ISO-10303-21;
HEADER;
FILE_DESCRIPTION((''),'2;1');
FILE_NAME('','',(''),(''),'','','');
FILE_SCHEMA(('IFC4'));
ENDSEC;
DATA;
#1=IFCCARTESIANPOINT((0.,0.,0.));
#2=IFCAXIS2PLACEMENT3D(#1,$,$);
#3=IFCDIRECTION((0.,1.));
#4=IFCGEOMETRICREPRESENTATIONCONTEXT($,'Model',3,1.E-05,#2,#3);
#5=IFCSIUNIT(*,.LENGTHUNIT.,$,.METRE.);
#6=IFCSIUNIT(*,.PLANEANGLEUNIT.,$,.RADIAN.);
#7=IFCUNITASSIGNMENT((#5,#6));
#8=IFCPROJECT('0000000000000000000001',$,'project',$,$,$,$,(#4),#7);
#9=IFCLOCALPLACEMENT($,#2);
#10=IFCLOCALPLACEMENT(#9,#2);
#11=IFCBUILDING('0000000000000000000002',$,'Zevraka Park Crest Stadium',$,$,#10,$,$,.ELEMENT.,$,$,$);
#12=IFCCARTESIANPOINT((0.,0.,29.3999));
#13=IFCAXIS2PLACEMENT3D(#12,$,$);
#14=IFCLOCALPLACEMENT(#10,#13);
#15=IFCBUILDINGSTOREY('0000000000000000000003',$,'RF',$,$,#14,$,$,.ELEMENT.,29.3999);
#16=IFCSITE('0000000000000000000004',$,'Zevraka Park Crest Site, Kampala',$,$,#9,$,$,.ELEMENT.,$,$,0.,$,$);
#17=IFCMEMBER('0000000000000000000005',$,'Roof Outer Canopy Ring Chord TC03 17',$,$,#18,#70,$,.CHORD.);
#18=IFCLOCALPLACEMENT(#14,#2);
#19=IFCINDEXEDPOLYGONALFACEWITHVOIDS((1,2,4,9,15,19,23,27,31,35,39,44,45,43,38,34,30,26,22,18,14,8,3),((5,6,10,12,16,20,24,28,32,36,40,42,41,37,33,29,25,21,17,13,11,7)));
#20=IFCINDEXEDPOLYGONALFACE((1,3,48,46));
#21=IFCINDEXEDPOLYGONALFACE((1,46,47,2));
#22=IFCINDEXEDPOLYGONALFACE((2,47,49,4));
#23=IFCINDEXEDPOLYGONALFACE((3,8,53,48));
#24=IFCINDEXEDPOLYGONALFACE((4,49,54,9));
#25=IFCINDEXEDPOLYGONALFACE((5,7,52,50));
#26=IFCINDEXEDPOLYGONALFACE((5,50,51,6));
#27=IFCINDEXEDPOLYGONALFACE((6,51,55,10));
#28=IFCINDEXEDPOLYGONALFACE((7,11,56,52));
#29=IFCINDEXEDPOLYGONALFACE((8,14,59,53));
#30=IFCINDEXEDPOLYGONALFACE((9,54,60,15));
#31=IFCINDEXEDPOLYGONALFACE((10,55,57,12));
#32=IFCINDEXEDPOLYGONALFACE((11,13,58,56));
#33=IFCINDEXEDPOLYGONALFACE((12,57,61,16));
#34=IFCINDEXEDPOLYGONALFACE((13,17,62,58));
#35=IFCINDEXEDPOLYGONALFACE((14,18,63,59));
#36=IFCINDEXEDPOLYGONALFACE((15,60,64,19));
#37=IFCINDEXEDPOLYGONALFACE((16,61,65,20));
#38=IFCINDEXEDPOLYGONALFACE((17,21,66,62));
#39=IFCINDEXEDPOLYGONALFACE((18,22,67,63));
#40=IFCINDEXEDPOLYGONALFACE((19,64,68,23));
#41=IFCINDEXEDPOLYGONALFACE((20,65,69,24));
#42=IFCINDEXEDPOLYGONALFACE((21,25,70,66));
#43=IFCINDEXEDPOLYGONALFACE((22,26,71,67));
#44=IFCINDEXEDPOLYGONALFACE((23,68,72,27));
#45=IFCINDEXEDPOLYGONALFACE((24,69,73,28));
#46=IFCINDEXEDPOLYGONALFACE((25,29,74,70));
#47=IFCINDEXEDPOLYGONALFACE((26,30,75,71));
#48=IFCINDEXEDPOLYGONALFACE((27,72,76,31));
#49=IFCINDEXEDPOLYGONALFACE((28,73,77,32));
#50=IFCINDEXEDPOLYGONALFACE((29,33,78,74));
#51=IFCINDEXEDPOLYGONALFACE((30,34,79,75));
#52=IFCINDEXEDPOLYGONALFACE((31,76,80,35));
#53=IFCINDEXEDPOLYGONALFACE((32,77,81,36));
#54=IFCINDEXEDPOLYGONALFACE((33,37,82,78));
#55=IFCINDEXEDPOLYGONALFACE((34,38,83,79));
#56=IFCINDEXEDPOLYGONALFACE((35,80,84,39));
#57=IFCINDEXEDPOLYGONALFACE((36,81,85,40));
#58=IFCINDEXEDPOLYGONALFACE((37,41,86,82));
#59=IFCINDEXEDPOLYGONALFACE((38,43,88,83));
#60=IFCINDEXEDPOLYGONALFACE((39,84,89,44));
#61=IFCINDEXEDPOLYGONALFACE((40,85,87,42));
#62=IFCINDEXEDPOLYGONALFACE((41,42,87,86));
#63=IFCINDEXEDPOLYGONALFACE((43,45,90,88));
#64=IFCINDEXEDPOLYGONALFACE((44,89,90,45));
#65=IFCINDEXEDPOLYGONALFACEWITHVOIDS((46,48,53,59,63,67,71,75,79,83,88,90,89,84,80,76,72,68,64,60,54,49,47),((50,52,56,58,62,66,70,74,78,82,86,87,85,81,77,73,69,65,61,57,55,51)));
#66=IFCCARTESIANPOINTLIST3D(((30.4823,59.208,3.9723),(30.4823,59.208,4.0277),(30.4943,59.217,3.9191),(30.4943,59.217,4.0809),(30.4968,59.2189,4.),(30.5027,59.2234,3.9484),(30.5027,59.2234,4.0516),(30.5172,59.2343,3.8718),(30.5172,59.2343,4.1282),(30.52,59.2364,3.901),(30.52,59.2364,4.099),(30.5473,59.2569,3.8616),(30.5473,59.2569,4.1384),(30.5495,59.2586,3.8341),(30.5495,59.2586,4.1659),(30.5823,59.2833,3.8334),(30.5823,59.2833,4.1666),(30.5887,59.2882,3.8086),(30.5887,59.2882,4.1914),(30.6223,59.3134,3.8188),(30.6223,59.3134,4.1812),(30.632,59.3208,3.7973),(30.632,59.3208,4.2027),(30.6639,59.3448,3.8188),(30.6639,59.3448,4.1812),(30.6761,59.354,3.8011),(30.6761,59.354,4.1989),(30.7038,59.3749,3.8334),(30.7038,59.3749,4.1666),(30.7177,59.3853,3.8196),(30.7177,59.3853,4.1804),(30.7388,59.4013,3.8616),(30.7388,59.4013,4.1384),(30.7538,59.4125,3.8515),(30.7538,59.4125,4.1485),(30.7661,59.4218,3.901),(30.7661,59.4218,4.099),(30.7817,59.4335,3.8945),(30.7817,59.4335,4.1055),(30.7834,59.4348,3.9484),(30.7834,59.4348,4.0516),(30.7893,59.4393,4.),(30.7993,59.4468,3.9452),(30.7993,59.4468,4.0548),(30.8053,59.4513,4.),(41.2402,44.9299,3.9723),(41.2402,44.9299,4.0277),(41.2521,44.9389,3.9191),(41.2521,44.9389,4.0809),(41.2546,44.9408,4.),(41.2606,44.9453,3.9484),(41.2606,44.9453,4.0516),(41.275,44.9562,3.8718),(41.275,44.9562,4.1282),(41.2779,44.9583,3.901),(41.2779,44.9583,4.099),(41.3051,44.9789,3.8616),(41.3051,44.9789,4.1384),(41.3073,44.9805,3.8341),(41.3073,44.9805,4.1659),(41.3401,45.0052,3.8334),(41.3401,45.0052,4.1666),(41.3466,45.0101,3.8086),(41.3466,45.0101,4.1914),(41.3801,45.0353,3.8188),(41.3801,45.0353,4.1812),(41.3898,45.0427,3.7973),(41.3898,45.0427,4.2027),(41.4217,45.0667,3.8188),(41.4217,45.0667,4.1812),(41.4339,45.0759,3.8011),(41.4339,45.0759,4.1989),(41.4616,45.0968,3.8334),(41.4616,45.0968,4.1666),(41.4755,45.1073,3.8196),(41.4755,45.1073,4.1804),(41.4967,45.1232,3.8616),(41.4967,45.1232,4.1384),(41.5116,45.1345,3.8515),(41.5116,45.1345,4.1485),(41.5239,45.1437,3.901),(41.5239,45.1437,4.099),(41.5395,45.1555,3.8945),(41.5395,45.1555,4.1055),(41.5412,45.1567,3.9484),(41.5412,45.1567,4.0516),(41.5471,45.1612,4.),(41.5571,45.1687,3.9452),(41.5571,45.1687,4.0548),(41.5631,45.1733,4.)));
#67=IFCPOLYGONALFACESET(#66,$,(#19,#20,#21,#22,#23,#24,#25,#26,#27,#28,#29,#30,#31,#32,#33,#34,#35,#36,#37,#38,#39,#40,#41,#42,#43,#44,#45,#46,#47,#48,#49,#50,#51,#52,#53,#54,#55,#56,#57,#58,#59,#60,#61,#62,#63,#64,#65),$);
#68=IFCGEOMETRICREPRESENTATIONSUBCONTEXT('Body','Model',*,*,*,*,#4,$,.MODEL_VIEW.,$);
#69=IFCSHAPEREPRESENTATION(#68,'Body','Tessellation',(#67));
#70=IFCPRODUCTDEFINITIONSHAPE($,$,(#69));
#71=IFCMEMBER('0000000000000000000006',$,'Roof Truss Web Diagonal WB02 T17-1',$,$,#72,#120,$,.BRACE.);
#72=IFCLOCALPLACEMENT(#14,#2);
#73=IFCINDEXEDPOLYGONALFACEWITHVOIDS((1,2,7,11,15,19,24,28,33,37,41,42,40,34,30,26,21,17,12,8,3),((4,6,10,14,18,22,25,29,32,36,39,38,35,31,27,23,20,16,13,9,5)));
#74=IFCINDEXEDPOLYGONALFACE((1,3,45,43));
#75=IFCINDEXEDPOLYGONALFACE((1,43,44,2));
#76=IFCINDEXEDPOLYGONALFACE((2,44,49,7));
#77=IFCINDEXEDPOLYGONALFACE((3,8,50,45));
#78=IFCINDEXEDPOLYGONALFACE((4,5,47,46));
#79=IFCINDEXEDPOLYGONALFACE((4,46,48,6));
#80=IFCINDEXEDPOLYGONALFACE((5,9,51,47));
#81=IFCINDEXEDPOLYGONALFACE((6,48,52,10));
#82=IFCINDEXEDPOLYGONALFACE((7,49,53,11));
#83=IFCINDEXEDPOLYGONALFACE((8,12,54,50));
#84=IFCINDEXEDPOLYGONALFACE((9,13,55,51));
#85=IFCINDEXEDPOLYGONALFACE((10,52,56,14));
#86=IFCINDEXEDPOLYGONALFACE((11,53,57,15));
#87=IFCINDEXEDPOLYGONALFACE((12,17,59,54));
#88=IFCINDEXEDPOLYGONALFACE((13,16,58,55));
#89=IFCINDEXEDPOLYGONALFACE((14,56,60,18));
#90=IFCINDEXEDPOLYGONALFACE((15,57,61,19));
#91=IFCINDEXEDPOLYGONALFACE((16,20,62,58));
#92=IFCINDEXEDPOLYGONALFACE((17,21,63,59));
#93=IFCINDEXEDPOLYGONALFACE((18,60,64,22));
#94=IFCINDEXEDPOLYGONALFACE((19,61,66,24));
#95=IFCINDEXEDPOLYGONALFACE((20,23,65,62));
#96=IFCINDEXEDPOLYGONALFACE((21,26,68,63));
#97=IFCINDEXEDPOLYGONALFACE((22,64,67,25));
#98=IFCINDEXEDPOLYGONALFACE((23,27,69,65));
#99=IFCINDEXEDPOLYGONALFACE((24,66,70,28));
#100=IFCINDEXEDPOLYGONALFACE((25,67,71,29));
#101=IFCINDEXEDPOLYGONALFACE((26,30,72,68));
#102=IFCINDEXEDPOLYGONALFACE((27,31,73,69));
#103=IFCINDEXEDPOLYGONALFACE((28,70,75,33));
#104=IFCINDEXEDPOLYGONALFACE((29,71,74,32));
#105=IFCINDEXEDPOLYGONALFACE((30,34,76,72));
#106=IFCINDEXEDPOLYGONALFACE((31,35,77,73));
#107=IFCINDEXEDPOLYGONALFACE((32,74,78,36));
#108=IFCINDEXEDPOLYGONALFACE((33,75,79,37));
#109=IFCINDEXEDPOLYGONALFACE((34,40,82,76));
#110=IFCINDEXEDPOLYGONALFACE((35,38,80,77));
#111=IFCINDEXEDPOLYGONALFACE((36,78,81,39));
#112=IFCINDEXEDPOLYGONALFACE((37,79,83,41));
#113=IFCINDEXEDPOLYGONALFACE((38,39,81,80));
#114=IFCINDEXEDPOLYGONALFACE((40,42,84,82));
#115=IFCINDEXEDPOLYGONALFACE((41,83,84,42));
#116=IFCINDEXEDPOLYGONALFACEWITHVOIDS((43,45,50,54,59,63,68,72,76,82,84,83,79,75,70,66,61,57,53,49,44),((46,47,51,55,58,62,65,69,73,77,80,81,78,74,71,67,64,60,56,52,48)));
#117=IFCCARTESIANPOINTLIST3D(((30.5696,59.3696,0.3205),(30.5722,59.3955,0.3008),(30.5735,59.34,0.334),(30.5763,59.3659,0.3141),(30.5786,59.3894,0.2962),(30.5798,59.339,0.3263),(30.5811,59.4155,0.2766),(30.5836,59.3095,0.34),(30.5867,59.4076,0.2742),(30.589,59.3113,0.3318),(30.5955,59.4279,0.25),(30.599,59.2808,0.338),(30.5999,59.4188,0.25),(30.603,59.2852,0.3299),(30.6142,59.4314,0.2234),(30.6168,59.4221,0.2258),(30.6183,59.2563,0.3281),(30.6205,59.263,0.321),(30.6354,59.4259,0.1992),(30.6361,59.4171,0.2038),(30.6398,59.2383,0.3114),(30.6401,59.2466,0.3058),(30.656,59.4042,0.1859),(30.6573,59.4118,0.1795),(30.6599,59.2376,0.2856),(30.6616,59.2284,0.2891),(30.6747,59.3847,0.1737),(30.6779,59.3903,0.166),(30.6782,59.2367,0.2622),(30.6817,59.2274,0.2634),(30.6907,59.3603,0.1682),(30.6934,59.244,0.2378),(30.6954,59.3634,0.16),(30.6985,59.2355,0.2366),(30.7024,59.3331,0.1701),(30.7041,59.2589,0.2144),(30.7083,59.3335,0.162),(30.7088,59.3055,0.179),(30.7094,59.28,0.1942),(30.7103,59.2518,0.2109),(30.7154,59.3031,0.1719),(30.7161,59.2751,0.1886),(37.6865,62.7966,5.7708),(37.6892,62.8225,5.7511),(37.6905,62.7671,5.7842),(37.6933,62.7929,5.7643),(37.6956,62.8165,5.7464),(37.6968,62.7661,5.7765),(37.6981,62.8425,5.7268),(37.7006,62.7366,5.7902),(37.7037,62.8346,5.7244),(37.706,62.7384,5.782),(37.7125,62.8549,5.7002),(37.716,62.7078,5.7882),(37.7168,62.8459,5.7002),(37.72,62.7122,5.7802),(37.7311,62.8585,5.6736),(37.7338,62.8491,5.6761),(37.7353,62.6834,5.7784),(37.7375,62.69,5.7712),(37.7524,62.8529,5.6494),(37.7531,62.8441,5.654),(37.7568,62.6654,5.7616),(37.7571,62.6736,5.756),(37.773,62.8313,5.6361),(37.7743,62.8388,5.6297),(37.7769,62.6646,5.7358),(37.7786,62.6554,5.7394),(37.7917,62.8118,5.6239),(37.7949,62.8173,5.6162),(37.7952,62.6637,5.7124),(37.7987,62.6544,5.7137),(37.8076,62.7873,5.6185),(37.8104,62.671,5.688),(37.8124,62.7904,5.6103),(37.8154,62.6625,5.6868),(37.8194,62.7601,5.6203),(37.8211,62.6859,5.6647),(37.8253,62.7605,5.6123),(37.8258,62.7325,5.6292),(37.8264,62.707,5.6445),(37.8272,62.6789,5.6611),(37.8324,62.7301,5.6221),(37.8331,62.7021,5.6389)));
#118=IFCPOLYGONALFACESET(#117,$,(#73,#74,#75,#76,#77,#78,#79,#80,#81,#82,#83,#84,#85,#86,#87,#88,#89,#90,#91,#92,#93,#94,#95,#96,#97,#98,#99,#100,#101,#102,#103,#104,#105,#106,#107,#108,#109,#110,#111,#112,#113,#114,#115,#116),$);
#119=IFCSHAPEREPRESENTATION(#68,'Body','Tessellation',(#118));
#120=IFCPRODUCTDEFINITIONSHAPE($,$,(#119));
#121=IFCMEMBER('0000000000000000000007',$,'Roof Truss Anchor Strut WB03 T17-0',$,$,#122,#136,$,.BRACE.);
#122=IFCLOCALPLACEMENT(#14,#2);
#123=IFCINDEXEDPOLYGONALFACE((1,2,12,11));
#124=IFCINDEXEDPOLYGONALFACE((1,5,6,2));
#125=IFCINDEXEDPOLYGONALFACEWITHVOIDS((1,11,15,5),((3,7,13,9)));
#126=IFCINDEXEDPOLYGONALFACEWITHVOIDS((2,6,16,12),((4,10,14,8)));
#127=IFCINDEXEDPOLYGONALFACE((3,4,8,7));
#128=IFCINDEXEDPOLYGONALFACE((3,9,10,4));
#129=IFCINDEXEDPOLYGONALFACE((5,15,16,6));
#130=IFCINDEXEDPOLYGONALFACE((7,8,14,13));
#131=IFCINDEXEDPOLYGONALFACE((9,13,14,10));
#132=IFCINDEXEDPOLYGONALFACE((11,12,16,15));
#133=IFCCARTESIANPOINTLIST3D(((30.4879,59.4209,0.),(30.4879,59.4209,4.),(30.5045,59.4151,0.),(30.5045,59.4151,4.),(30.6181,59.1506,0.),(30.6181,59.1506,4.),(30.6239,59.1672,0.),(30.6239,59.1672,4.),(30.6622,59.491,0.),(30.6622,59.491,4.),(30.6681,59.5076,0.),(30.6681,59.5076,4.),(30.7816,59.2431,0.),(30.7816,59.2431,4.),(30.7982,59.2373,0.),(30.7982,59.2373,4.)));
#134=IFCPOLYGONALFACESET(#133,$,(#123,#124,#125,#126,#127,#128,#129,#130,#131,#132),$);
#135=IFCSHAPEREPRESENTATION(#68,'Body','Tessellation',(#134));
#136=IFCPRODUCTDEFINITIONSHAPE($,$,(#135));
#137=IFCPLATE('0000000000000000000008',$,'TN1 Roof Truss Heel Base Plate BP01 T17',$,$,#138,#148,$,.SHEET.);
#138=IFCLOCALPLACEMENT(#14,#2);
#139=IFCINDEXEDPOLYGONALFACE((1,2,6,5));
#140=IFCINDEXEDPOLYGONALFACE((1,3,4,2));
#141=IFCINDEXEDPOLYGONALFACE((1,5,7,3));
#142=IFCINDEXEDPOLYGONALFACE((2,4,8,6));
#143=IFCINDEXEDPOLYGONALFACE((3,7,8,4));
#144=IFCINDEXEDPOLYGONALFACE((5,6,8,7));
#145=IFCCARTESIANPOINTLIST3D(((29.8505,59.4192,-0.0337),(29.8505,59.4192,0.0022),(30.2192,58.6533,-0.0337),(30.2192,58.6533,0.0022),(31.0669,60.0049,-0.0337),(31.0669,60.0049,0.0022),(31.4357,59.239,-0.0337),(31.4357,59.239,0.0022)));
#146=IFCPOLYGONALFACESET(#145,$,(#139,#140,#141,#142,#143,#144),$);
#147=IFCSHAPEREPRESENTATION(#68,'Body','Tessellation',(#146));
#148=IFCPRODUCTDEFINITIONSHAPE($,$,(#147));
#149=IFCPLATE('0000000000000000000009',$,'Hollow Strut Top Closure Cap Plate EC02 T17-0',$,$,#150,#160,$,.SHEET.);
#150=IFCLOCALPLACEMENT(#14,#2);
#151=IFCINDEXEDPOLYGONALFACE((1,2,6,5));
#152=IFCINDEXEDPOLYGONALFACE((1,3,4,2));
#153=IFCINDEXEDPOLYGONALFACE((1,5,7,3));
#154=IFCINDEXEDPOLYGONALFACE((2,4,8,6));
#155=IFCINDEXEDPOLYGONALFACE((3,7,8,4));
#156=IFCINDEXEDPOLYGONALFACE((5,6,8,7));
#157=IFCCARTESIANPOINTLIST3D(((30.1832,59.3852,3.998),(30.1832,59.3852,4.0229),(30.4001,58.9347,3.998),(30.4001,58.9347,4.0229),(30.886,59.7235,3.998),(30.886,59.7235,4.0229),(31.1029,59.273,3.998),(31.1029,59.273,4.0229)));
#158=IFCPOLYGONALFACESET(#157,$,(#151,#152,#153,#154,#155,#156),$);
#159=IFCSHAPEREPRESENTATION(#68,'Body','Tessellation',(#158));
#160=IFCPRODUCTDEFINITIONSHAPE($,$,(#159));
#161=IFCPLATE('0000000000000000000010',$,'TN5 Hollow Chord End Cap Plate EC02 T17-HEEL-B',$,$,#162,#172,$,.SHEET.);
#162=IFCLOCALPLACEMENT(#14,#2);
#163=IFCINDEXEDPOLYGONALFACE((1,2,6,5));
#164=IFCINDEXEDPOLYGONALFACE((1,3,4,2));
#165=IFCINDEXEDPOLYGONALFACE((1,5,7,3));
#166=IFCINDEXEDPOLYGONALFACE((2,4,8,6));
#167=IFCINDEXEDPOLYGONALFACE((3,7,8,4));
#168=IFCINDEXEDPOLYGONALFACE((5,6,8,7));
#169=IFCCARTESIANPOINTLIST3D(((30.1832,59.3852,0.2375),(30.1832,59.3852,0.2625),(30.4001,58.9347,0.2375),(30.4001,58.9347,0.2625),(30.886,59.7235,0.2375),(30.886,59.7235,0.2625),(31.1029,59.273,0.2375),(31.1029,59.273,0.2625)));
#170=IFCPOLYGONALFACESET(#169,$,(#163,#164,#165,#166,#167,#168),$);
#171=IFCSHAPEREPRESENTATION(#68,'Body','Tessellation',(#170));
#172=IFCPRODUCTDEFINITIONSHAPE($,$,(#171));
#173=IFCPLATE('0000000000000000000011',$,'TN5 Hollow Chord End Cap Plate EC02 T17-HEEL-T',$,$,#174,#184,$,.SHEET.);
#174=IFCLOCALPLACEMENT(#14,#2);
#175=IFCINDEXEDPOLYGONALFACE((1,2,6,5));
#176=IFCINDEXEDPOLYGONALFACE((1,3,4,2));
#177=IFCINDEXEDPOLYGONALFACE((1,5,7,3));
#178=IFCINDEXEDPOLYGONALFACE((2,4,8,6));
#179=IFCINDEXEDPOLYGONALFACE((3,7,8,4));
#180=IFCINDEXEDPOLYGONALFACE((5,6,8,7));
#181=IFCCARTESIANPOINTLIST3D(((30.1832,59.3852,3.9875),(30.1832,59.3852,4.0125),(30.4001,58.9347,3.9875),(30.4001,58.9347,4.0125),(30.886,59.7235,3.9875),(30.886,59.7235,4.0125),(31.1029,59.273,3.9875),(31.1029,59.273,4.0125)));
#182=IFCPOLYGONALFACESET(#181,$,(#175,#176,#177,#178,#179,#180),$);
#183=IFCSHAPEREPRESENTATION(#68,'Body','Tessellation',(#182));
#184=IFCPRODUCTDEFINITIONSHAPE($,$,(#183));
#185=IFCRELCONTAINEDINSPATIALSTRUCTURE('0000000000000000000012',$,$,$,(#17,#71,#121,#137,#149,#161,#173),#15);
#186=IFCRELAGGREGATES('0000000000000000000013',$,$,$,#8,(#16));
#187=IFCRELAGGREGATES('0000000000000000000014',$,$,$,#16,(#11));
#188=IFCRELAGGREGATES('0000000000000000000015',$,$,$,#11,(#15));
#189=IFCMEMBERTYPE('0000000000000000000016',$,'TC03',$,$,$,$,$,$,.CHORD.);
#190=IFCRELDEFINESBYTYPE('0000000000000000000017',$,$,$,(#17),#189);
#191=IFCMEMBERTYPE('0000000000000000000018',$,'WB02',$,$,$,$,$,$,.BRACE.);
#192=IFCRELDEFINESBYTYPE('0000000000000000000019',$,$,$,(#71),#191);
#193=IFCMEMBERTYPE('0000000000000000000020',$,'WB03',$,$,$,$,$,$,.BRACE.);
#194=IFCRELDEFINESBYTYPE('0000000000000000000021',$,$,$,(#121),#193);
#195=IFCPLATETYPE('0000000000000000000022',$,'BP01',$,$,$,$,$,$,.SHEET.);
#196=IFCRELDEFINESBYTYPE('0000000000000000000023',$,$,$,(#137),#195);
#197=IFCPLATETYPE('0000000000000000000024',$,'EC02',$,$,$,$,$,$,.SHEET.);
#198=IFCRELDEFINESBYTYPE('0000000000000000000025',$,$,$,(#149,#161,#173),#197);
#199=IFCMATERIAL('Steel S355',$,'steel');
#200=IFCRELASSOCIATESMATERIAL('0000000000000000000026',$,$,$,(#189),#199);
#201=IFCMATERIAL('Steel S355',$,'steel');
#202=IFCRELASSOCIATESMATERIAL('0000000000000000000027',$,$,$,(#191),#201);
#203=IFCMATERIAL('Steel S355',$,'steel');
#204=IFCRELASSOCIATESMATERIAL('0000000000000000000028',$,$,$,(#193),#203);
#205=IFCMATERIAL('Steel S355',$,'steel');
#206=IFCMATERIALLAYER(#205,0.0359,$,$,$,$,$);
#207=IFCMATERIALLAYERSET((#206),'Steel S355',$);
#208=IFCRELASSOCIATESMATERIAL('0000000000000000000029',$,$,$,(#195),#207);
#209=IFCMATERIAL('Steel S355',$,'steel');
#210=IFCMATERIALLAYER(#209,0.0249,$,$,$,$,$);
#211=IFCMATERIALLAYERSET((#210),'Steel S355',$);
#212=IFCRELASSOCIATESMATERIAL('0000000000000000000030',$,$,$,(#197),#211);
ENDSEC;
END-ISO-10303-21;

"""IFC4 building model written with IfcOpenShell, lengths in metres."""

from ifc_helpers import new_model, si_unit, direction, frame, origin, origin_2d, place, context, subcontext, project, spatial, rectangle, hollow_rectangle, hollow_circle, extrude, material, layer, layer_set, material_profile, profile_set, type_object, element, save


model = new_model("IFC4")

# Units and contexts
model_context = context("Model", 3, precision=1e-05, world=origin(), true_north=direction((0.0, 1.0)))
body_context = subcontext(model_context, "Body", "Model", "MODEL_VIEW")
ifc_project = project(units=[si_unit("LENGTHUNIT", "METRE"), si_unit("PLANEANGLEUNIT", "RADIAN")], contexts=[model_context])

# Site, building, storey
site_placement = place(None, origin())
site = spatial("IfcSite", under=ifc_project, at=site_placement, Name="Zevraka Park Crest Site, Kampala", CompositionType="ELEMENT", RefElevation=0.0)
building_placement = place(site_placement, origin())
building = spatial("IfcBuilding", under=site, at=building_placement, Name="Zevraka Park Crest Stadium", CompositionType="ELEMENT")
storey_placement = place(building_placement, frame((0.0, 0.0, 29.3999)))
storey = spatial("IfcBuildingStorey", under=building, at=storey_placement, Name="RF", CompositionType="ELEMENT", Elevation=29.3999)

# Members
ifc_material_1 = material(Name="Steel S355", Category="steel")
ifc_material_profile_1 = material_profile(ifc_material_1, hollow_circle(Radius=0.2031, WallThickness=0.02, at=origin_2d()), Name="CHS 406.4x20")
ifc_profile_set_1 = profile_set([ifc_material_profile_1], Name="Steel S355")
member_type_1 = type_object("IfcMemberType", Name="TC03", PredefinedType="CHORD", material=ifc_profile_set_1)
member_1_placement = place(storey_placement, frame((30.6431, 59.3291, 4.0), z_axis=(0.601762, -0.798676, 0.0), x_axis=(0.798676, 0.601762, 0.0)))
element("IfcMember", 1, at=member_1_placement, inside=storey, type_object=member_type_1, Name="Roof Outer Canopy Ring Chord TC03 17", PredefinedType="CHORD", context=body_context, shape_type="SweptSolid", body=[
    extrude(hollow_circle(Radius=0.2031, WallThickness=0.02, at=origin_2d()), origin(), (0.0, 0.0, 1.0), 17.8772),
])
ifc_material_2 = material(Name="Steel S355", Category="steel")
ifc_material_profile_2 = material_profile(ifc_material_2, hollow_circle(Radius=0.1096, WallThickness=0.01, at=origin_2d()), Name="CHS 219.1x10")
ifc_profile_set_2 = profile_set([ifc_material_profile_2], Name="Steel S355")
member_type_2 = type_object("IfcMemberType", Name="WB02", PredefinedType="BRACE", material=ifc_profile_set_2)
member_2_placement = place(storey_placement, frame((30.6431, 59.3291, 0.25), z_axis=(0.74159, 0.357096, 0.567914), x_axis=(-0.433849, 0.900986, 0.0)))
element("IfcMember", 2, at=member_2_placement, inside=storey, type_object=member_type_2, Name="Roof Truss Web Diagonal WB02 T17-1", PredefinedType="BRACE", context=body_context, shape_type="SweptSolid", body=[
    extrude(hollow_circle(Radius=0.1096, WallThickness=0.01, at=origin_2d()), origin(), (0.0, 0.0, 1.0), 9.5969),
])
ifc_material_3 = material(Name="Steel S355", Category="steel")
ifc_material_profile_3 = material_profile(ifc_material_3, hollow_rectangle(XDim=0.2, YDim=0.3, WallThickness=0.0125, at=origin_2d()), Name="RHS 300x200x12.5")
ifc_profile_set_3 = profile_set([ifc_material_profile_3], Name="Steel S355")
member_type_3 = type_object("IfcMemberType", Name="WB03", PredefinedType="BRACE", material=ifc_profile_set_3)
member_3_placement = place(storey_placement, frame((30.6431, 59.3291, 0.0), z_axis=(0.0, 0.0, 1.0), x_axis=(0.901001, 0.433816, 0.0)))
element("IfcMember", 3, at=member_3_placement, inside=storey, type_object=member_type_3, Name="Roof Truss Anchor Strut WB03 T17-0", PredefinedType="BRACE", context=body_context, shape_type="SweptSolid", body=[
    extrude(hollow_rectangle(XDim=0.2, YDim=0.3, WallThickness=0.0125, at=origin_2d()), origin(), (0.0, 0.0, 1.0), 4.0),
])

# Plates
ifc_material_4 = material(Name="Steel S355", Category="steel")
ifc_layer_1 = layer(ifc_material_4, 0.0359)
ifc_layer_set_1 = layer_set([ifc_layer_1], Name="Steel S355")
plate_type_1 = type_object("IfcPlateType", Name="BP01", PredefinedType="SHEET", material=ifc_layer_set_1)
plate_placement = place(storey_placement, frame((30.6431, 59.3291, -0.0337), z_axis=(0.0, 0.0, 1.0), x_axis=(0.901001, 0.433816, 0.0)))
element("IfcPlate", 4, at=plate_placement, inside=storey, type_object=plate_type_1, Name="TN1 Roof Truss Heel Base Plate BP01 T17", PredefinedType="SHEET", context=body_context, shape_type="SweptSolid", body=[
    extrude(rectangle(XDim=1.3501, YDim=0.8501, at=origin_2d()), origin(), (0.0, 0.0, 1.0), 0.0359),
])
ifc_material_5 = material(Name="Steel S355", Category="steel")
ifc_layer_2 = layer(ifc_material_5, 0.0249)
ifc_layer_set_2 = layer_set([ifc_layer_2], Name="Steel S355")
plate_type_2 = type_object("IfcPlateType", Name="EC02", PredefinedType="SHEET", material=ifc_layer_set_2)
for number, where, z_axis, x_axis, name in (
    (5, (30.6431, 59.3291, 3.998), (0.0, 0.0, 1.0), (0.901001, 0.433816, 0.0), "Hollow Strut Top Closure Cap Plate EC02 T17-0"),
    (6, (30.6431, 59.3291, 0.2375), (0.0, 0.0, 1.0), (0.901001, 0.433816, 0.0), "TN5 Hollow Chord End Cap Plate EC02 T17-HEEL-B"),
    (7, (30.6431, 59.3291, 3.9875), (0.0, 0.0, 1.0), (0.901001, 0.433816, 0.0), "TN5 Hollow Chord End Cap Plate EC02 T17-HEEL-T"),
):
    element("IfcPlate", number, at=place(storey_placement, frame(where, z_axis=z_axis, x_axis=x_axis)), inside=storey, type_object=plate_type_2, Name=name, PredefinedType="SHEET", context=body_context, shape_type="SweptSolid", body=[
        extrude(rectangle(XDim=0.78, YDim=0.5, at=origin_2d()), origin(), (0.0, 0.0, 1.0), 0.0249),
    ])

save(model, "model.ifc")
